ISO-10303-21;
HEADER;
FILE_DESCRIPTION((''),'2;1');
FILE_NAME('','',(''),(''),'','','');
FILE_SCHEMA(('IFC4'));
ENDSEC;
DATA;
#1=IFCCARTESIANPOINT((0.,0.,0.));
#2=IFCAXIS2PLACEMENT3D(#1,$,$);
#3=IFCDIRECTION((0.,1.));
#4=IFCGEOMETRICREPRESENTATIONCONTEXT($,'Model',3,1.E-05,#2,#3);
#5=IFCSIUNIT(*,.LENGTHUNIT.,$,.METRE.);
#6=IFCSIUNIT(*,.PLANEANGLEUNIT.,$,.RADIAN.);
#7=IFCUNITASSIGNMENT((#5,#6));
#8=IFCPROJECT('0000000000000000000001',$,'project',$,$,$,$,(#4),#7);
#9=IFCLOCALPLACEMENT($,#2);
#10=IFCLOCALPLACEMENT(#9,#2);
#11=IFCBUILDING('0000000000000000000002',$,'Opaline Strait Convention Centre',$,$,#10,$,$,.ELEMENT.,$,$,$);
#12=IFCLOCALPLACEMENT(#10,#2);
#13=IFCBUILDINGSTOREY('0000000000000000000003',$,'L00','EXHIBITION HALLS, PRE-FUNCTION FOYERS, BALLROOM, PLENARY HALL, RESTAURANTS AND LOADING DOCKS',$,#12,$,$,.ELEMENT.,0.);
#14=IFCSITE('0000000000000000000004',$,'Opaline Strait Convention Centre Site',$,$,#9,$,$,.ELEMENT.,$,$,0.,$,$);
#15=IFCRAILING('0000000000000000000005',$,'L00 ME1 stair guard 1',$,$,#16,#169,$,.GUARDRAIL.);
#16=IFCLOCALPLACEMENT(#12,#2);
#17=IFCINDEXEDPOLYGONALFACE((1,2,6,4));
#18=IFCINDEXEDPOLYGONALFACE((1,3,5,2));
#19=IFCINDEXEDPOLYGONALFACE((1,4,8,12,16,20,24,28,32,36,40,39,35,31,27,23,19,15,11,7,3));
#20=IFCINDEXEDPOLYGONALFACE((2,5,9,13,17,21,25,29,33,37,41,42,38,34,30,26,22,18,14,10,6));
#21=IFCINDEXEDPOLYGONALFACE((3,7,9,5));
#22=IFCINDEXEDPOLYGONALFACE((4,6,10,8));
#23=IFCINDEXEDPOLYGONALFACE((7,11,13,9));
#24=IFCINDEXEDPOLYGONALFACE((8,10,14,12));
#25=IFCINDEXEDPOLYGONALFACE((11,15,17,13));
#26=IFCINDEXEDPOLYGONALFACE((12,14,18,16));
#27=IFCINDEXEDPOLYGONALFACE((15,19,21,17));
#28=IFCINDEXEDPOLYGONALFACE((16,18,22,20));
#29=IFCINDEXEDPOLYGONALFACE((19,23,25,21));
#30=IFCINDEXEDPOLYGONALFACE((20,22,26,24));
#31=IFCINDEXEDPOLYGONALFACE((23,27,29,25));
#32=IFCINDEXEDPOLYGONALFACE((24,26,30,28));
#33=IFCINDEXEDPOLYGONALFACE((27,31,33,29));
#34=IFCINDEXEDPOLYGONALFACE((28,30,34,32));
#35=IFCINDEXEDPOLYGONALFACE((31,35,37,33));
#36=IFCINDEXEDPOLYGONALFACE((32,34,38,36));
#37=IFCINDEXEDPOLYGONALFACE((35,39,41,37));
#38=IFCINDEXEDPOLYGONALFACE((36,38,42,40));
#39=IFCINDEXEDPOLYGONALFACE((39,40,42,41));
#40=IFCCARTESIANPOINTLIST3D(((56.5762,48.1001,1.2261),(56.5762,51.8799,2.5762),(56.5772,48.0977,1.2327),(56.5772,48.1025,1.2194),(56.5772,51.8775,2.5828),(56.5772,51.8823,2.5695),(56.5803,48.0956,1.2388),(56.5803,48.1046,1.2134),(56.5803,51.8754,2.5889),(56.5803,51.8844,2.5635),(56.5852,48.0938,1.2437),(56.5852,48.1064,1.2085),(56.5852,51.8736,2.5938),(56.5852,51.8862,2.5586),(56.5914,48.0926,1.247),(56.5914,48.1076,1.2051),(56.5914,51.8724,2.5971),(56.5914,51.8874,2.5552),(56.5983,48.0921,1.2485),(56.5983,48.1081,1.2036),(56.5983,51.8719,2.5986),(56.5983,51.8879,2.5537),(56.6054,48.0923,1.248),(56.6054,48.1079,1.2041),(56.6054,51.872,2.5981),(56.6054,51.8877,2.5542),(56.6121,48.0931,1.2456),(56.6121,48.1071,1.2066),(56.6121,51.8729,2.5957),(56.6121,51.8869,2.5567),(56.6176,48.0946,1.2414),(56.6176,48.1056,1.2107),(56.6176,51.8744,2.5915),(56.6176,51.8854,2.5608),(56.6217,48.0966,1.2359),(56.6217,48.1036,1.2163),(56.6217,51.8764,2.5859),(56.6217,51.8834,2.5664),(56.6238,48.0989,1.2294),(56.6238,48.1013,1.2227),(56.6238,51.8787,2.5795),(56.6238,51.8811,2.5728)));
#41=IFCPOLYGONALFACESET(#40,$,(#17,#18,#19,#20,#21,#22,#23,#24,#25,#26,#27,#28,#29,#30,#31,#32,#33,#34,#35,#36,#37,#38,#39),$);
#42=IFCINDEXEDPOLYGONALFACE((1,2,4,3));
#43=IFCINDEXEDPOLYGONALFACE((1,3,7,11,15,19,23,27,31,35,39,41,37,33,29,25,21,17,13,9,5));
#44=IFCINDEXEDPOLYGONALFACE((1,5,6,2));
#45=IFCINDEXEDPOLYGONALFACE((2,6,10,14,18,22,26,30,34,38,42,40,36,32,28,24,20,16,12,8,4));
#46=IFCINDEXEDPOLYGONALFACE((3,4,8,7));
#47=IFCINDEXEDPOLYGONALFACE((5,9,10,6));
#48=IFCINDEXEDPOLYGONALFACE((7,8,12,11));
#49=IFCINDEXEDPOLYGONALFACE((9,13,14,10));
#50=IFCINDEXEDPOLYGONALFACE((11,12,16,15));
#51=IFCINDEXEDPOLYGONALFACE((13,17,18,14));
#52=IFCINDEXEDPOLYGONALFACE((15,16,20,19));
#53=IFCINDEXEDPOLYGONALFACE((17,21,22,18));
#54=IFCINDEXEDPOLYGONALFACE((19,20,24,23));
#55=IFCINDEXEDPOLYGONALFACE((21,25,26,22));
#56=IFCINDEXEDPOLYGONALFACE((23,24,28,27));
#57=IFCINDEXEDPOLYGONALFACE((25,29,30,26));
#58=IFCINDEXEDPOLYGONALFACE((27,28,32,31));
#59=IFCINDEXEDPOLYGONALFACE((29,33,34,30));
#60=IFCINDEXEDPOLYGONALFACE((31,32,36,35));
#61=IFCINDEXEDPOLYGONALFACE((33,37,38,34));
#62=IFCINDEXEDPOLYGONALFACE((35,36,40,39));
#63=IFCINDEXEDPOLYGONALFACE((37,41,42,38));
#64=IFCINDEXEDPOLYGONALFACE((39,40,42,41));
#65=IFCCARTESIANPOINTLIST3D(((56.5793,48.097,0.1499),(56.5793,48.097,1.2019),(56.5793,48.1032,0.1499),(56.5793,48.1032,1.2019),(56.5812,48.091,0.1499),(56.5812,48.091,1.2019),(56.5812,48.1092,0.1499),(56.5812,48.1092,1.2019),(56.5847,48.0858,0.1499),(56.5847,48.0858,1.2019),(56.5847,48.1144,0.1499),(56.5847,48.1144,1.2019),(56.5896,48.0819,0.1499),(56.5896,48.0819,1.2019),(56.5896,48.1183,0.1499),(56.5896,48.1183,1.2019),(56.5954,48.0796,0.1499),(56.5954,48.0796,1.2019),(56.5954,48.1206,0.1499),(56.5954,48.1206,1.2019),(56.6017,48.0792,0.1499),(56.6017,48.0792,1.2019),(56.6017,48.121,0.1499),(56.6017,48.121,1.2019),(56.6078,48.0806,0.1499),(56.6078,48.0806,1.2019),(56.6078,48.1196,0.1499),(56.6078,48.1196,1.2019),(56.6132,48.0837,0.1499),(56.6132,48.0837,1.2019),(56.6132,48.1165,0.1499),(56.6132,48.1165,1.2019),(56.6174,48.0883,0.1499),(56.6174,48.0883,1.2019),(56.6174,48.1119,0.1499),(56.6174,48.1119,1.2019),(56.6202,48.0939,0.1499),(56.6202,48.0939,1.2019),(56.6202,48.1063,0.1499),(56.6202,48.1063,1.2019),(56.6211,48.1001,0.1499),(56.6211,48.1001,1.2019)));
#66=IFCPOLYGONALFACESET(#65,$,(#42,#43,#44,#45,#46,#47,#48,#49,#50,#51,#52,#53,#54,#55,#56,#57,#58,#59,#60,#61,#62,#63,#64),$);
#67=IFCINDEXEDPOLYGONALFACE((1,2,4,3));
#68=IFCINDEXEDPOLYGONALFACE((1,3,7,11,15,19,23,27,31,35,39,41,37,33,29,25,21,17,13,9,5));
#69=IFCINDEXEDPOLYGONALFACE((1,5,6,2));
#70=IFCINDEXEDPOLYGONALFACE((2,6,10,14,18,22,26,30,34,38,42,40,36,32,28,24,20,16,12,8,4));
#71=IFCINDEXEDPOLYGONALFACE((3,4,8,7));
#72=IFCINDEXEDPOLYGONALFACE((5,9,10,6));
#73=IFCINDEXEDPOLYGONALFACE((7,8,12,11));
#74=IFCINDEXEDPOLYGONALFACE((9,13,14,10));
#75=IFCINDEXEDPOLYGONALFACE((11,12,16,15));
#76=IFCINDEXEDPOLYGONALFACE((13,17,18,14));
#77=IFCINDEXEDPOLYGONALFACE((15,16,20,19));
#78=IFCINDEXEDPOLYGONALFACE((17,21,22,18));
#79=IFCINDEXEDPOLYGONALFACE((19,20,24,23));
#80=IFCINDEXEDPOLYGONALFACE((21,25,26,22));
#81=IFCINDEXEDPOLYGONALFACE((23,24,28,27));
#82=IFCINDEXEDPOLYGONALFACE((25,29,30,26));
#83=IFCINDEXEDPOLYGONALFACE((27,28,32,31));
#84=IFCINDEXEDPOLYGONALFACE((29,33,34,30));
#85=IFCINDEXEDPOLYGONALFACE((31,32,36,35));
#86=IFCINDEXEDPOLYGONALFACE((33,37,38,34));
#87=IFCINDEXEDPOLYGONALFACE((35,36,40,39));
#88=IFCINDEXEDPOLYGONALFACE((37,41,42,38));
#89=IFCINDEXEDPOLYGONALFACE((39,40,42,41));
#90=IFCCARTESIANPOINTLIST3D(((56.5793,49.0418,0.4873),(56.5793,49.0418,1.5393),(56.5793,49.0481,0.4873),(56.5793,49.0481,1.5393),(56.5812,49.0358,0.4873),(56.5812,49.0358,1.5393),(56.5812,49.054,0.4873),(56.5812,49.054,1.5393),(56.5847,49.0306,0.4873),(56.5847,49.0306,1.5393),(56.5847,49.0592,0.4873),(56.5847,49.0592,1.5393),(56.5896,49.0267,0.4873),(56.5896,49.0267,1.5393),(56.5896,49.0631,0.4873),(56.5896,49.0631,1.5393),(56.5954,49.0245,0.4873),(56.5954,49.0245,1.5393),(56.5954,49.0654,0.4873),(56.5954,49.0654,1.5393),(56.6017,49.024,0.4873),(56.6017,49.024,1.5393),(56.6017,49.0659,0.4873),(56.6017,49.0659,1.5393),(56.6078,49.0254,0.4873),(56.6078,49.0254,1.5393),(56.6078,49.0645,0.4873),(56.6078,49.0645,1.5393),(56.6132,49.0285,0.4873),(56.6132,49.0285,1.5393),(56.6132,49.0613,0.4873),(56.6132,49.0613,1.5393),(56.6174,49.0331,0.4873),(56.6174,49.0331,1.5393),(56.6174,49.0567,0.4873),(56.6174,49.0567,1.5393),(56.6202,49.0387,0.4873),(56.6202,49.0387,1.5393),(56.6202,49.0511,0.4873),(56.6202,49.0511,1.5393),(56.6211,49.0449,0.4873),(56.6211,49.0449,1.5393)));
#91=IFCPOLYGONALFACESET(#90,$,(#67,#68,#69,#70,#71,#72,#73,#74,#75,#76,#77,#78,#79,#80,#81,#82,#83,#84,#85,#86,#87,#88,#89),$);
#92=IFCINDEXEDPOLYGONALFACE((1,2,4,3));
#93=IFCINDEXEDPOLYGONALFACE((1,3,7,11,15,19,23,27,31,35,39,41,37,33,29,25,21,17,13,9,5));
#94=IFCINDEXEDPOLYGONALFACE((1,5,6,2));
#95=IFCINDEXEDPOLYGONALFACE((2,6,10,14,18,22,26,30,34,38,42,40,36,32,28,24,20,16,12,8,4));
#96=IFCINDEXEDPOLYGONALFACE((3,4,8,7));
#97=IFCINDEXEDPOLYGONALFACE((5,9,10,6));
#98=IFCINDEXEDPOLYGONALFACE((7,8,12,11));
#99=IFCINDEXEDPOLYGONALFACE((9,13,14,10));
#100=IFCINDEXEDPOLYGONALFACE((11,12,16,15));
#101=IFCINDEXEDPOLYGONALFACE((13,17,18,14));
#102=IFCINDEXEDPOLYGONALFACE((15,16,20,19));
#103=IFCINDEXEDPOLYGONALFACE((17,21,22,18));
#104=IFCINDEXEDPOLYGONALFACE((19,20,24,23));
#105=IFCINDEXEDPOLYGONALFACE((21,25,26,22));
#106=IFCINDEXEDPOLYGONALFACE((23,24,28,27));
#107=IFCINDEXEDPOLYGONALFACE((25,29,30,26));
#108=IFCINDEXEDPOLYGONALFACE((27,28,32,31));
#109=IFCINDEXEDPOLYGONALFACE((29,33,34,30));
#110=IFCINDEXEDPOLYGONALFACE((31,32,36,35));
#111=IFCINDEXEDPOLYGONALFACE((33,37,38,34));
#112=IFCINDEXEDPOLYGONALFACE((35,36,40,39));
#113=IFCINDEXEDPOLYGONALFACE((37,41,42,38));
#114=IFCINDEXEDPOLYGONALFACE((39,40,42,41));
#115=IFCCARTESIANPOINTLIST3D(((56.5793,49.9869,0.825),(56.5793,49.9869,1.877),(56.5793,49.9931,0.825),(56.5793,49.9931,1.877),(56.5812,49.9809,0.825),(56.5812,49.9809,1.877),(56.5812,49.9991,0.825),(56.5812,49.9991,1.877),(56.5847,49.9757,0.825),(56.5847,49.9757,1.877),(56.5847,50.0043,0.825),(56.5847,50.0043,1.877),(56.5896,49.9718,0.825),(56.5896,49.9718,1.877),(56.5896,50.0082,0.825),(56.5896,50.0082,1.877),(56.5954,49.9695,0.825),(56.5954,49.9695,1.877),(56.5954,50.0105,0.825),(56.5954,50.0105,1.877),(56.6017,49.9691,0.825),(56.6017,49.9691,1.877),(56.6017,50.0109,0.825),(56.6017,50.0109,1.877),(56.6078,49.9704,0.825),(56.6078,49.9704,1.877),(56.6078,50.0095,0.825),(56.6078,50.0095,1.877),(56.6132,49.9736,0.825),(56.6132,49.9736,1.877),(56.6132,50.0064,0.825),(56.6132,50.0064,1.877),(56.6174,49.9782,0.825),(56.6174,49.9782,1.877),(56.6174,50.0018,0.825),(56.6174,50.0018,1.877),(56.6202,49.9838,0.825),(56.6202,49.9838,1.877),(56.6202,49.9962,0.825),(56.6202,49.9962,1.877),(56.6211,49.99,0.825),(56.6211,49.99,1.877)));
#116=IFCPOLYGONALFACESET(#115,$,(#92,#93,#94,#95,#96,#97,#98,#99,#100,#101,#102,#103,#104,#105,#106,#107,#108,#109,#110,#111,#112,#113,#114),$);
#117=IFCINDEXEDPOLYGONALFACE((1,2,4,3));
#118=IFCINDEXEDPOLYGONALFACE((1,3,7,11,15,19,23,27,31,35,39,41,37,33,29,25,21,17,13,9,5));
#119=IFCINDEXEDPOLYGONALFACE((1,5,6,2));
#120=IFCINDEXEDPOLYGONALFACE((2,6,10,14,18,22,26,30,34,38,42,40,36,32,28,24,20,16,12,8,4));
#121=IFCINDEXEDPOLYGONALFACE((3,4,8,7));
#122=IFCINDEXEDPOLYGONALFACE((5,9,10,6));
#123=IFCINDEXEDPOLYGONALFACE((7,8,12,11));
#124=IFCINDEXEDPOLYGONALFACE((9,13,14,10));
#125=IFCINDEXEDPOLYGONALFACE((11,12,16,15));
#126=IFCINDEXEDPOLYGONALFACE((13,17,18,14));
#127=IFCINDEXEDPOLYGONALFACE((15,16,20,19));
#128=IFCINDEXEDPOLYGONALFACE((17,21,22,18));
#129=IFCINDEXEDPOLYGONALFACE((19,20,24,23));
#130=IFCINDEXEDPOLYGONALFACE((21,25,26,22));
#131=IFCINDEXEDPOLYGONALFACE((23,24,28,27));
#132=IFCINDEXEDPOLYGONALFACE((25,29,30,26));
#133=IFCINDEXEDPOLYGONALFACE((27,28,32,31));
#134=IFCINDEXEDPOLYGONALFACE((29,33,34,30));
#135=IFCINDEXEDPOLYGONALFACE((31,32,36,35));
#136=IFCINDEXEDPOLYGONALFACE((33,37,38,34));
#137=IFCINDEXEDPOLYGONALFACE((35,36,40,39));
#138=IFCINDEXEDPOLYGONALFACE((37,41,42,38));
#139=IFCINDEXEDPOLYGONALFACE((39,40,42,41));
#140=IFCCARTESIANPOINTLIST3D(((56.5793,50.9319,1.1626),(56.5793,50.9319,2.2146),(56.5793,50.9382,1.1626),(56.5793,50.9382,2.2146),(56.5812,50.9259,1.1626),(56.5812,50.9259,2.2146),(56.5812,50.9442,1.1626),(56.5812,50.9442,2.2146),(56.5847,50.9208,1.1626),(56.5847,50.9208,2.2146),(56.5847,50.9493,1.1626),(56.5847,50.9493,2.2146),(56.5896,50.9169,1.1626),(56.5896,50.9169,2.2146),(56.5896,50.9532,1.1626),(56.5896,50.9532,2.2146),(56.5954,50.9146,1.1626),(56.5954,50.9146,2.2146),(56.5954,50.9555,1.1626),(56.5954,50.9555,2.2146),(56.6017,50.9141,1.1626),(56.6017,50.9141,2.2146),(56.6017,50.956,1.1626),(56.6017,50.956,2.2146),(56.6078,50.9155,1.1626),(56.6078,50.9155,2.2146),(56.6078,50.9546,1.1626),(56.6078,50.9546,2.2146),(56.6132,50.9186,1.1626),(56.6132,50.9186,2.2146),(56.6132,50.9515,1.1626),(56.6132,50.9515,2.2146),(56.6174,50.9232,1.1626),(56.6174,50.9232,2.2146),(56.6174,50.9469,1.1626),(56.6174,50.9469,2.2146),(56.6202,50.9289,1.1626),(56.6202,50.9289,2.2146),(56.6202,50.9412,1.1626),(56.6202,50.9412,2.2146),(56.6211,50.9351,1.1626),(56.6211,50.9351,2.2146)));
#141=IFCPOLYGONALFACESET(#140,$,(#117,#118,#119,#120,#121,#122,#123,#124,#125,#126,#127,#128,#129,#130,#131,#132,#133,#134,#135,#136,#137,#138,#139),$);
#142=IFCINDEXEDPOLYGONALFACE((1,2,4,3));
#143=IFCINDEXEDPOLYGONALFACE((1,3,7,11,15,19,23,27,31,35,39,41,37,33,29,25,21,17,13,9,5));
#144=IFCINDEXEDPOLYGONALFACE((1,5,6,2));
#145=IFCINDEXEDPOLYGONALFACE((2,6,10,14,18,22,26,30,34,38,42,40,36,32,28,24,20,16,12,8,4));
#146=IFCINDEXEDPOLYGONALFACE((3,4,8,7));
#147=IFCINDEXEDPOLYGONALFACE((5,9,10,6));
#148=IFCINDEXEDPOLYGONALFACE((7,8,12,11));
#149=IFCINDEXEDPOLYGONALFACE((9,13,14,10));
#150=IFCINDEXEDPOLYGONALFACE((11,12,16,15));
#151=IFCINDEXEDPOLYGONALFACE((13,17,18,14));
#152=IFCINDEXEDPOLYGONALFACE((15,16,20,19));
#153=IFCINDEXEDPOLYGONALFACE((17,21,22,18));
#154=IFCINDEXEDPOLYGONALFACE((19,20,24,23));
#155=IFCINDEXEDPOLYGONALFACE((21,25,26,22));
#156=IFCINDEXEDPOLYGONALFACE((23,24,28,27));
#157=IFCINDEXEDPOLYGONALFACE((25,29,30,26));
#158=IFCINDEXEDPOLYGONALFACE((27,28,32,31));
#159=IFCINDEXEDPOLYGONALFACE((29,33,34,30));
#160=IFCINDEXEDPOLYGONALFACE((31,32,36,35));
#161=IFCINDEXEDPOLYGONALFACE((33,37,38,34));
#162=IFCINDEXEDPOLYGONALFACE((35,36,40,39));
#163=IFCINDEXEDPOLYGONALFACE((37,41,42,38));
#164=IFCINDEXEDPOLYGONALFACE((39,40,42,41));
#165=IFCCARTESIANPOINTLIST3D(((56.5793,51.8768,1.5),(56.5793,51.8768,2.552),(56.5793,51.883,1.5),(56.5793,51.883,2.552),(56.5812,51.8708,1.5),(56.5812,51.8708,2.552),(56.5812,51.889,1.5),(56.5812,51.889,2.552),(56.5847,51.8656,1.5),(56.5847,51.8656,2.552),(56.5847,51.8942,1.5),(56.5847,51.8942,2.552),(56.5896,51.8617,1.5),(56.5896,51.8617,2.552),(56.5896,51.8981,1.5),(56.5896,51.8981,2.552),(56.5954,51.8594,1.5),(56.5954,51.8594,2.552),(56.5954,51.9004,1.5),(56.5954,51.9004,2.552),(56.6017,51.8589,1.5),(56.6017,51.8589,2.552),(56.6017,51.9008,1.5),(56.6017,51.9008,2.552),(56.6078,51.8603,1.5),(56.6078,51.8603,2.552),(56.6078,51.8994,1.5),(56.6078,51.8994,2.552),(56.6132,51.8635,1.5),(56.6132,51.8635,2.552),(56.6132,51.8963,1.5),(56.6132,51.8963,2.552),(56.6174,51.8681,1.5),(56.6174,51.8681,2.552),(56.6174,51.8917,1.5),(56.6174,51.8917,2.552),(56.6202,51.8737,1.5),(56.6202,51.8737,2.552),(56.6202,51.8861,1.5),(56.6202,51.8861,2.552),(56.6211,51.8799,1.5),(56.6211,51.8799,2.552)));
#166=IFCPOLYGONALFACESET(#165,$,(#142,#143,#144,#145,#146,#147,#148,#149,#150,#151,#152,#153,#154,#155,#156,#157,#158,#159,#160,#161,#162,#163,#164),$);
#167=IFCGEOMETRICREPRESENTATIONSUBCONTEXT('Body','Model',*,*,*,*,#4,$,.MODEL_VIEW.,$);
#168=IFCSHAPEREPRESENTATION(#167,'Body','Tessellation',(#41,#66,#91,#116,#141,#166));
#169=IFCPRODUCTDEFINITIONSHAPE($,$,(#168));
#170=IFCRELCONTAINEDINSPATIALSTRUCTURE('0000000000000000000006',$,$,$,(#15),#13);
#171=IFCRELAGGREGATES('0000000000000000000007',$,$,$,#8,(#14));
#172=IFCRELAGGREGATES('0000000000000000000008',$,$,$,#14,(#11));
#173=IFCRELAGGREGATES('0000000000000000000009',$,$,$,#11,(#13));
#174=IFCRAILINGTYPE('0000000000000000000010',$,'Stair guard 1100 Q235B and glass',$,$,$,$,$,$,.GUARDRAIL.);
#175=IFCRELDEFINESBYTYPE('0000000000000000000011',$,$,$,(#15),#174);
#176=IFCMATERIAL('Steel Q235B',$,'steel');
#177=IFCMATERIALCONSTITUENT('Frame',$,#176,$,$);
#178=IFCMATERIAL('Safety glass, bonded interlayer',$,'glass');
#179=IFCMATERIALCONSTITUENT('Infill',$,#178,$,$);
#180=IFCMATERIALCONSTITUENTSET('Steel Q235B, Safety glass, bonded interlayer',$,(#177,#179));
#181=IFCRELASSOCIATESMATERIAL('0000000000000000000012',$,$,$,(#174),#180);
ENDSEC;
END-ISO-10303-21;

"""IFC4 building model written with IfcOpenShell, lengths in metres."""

from ifc_helpers import new_model, si_unit, direction, frame, origin, origin_2d, place, context, subcontext, project, spatial, circle, extrude, material, constituent, constituent_set, type_object, element, save


model = new_model("IFC4")

# Units and contexts
model_context = context("Model", 3, precision=1e-05, world=origin(), true_north=direction((0.0, 1.0)))
body_context = subcontext(model_context, "Body", "Model", "MODEL_VIEW")
ifc_project = project(units=[si_unit("LENGTHUNIT", "METRE"), si_unit("PLANEANGLEUNIT", "RADIAN")], contexts=[model_context])

# Site, building, storey
site_placement = place(None, origin())
site = spatial("IfcSite", under=ifc_project, at=site_placement, Name="Opaline Strait Convention Centre Site", CompositionType="ELEMENT", RefElevation=0.0)
building_placement = place(site_placement, origin())
building = spatial("IfcBuilding", under=site, at=building_placement, Name="Opaline Strait Convention Centre", CompositionType="ELEMENT")
storey_placement = place(building_placement, origin())
storey = spatial("IfcBuildingStorey", under=building, at=storey_placement, Name="L00", Description="EXHIBITION HALLS, PRE-FUNCTION FOYERS, BALLROOM, PLENARY HALL, RESTAURANTS AND LOADING DOCKS", CompositionType="ELEMENT", Elevation=0.0)

# Railing
ifc_material_1 = material(Name="Steel Q235B", Category="steel")
ifc_constituent_1 = constituent(ifc_material_1, Name="Frame")
ifc_material_2 = material(Name="Safety glass, bonded interlayer", Category="glass")
ifc_constituent_2 = constituent(ifc_material_2, Name="Infill")
ifc_constituent_set = constituent_set(constituents=[ifc_constituent_1, ifc_constituent_2], Name="Steel Q235B, Safety glass, bonded interlayer")
railing_type_1 = type_object("IfcRailingType", Name="Stair guard 1100 Q235B and glass", PredefinedType="GUARDRAIL", material=ifc_constituent_set)
railing_1_placement = place(storey_placement, frame((56.6001, 48.1001, 0.1499)))
element("IfcRailing", 1, at=railing_1_placement, inside=storey, type_object=railing_type_1, Name="L00 ME1 stair guard 1", PredefinedType="GUARDRAIL", context=body_context, shape_type="SweptSolid", body=[
    extrude(circle(Radius=0.0239, at=origin_2d()), frame((0.0, 0.0, 1.0762), z_axis=(0.0, 0.941728, 0.336375), x_axis=(-1.0, 0.0, 0.0)), (0.0, 0.0, 1.0), 4.0137),
    extrude(circle(Radius=0.021, at=origin_2d()), origin(), (0.0, 0.0, 1.0), 1.052),
    extrude(circle(Radius=0.021, at=origin_2d()), frame((0.0, 0.9448, 0.3374)), (0.0, 0.0, 1.0), 1.052),
    extrude(circle(Radius=0.021, at=origin_2d()), frame((0.0, 1.8899, 0.675)), (0.0, 0.0, 1.0), 1.052),
    extrude(circle(Radius=0.021, at=origin_2d()), frame((0.0, 2.835, 1.0127)), (0.0, 0.0, 1.0), 1.052),
    extrude(circle(Radius=0.021, at=origin_2d()), frame((0.0, 3.7798, 1.3501)), (0.0, 0.0, 1.0), 1.052),
])

save(model, "model.ifc")
